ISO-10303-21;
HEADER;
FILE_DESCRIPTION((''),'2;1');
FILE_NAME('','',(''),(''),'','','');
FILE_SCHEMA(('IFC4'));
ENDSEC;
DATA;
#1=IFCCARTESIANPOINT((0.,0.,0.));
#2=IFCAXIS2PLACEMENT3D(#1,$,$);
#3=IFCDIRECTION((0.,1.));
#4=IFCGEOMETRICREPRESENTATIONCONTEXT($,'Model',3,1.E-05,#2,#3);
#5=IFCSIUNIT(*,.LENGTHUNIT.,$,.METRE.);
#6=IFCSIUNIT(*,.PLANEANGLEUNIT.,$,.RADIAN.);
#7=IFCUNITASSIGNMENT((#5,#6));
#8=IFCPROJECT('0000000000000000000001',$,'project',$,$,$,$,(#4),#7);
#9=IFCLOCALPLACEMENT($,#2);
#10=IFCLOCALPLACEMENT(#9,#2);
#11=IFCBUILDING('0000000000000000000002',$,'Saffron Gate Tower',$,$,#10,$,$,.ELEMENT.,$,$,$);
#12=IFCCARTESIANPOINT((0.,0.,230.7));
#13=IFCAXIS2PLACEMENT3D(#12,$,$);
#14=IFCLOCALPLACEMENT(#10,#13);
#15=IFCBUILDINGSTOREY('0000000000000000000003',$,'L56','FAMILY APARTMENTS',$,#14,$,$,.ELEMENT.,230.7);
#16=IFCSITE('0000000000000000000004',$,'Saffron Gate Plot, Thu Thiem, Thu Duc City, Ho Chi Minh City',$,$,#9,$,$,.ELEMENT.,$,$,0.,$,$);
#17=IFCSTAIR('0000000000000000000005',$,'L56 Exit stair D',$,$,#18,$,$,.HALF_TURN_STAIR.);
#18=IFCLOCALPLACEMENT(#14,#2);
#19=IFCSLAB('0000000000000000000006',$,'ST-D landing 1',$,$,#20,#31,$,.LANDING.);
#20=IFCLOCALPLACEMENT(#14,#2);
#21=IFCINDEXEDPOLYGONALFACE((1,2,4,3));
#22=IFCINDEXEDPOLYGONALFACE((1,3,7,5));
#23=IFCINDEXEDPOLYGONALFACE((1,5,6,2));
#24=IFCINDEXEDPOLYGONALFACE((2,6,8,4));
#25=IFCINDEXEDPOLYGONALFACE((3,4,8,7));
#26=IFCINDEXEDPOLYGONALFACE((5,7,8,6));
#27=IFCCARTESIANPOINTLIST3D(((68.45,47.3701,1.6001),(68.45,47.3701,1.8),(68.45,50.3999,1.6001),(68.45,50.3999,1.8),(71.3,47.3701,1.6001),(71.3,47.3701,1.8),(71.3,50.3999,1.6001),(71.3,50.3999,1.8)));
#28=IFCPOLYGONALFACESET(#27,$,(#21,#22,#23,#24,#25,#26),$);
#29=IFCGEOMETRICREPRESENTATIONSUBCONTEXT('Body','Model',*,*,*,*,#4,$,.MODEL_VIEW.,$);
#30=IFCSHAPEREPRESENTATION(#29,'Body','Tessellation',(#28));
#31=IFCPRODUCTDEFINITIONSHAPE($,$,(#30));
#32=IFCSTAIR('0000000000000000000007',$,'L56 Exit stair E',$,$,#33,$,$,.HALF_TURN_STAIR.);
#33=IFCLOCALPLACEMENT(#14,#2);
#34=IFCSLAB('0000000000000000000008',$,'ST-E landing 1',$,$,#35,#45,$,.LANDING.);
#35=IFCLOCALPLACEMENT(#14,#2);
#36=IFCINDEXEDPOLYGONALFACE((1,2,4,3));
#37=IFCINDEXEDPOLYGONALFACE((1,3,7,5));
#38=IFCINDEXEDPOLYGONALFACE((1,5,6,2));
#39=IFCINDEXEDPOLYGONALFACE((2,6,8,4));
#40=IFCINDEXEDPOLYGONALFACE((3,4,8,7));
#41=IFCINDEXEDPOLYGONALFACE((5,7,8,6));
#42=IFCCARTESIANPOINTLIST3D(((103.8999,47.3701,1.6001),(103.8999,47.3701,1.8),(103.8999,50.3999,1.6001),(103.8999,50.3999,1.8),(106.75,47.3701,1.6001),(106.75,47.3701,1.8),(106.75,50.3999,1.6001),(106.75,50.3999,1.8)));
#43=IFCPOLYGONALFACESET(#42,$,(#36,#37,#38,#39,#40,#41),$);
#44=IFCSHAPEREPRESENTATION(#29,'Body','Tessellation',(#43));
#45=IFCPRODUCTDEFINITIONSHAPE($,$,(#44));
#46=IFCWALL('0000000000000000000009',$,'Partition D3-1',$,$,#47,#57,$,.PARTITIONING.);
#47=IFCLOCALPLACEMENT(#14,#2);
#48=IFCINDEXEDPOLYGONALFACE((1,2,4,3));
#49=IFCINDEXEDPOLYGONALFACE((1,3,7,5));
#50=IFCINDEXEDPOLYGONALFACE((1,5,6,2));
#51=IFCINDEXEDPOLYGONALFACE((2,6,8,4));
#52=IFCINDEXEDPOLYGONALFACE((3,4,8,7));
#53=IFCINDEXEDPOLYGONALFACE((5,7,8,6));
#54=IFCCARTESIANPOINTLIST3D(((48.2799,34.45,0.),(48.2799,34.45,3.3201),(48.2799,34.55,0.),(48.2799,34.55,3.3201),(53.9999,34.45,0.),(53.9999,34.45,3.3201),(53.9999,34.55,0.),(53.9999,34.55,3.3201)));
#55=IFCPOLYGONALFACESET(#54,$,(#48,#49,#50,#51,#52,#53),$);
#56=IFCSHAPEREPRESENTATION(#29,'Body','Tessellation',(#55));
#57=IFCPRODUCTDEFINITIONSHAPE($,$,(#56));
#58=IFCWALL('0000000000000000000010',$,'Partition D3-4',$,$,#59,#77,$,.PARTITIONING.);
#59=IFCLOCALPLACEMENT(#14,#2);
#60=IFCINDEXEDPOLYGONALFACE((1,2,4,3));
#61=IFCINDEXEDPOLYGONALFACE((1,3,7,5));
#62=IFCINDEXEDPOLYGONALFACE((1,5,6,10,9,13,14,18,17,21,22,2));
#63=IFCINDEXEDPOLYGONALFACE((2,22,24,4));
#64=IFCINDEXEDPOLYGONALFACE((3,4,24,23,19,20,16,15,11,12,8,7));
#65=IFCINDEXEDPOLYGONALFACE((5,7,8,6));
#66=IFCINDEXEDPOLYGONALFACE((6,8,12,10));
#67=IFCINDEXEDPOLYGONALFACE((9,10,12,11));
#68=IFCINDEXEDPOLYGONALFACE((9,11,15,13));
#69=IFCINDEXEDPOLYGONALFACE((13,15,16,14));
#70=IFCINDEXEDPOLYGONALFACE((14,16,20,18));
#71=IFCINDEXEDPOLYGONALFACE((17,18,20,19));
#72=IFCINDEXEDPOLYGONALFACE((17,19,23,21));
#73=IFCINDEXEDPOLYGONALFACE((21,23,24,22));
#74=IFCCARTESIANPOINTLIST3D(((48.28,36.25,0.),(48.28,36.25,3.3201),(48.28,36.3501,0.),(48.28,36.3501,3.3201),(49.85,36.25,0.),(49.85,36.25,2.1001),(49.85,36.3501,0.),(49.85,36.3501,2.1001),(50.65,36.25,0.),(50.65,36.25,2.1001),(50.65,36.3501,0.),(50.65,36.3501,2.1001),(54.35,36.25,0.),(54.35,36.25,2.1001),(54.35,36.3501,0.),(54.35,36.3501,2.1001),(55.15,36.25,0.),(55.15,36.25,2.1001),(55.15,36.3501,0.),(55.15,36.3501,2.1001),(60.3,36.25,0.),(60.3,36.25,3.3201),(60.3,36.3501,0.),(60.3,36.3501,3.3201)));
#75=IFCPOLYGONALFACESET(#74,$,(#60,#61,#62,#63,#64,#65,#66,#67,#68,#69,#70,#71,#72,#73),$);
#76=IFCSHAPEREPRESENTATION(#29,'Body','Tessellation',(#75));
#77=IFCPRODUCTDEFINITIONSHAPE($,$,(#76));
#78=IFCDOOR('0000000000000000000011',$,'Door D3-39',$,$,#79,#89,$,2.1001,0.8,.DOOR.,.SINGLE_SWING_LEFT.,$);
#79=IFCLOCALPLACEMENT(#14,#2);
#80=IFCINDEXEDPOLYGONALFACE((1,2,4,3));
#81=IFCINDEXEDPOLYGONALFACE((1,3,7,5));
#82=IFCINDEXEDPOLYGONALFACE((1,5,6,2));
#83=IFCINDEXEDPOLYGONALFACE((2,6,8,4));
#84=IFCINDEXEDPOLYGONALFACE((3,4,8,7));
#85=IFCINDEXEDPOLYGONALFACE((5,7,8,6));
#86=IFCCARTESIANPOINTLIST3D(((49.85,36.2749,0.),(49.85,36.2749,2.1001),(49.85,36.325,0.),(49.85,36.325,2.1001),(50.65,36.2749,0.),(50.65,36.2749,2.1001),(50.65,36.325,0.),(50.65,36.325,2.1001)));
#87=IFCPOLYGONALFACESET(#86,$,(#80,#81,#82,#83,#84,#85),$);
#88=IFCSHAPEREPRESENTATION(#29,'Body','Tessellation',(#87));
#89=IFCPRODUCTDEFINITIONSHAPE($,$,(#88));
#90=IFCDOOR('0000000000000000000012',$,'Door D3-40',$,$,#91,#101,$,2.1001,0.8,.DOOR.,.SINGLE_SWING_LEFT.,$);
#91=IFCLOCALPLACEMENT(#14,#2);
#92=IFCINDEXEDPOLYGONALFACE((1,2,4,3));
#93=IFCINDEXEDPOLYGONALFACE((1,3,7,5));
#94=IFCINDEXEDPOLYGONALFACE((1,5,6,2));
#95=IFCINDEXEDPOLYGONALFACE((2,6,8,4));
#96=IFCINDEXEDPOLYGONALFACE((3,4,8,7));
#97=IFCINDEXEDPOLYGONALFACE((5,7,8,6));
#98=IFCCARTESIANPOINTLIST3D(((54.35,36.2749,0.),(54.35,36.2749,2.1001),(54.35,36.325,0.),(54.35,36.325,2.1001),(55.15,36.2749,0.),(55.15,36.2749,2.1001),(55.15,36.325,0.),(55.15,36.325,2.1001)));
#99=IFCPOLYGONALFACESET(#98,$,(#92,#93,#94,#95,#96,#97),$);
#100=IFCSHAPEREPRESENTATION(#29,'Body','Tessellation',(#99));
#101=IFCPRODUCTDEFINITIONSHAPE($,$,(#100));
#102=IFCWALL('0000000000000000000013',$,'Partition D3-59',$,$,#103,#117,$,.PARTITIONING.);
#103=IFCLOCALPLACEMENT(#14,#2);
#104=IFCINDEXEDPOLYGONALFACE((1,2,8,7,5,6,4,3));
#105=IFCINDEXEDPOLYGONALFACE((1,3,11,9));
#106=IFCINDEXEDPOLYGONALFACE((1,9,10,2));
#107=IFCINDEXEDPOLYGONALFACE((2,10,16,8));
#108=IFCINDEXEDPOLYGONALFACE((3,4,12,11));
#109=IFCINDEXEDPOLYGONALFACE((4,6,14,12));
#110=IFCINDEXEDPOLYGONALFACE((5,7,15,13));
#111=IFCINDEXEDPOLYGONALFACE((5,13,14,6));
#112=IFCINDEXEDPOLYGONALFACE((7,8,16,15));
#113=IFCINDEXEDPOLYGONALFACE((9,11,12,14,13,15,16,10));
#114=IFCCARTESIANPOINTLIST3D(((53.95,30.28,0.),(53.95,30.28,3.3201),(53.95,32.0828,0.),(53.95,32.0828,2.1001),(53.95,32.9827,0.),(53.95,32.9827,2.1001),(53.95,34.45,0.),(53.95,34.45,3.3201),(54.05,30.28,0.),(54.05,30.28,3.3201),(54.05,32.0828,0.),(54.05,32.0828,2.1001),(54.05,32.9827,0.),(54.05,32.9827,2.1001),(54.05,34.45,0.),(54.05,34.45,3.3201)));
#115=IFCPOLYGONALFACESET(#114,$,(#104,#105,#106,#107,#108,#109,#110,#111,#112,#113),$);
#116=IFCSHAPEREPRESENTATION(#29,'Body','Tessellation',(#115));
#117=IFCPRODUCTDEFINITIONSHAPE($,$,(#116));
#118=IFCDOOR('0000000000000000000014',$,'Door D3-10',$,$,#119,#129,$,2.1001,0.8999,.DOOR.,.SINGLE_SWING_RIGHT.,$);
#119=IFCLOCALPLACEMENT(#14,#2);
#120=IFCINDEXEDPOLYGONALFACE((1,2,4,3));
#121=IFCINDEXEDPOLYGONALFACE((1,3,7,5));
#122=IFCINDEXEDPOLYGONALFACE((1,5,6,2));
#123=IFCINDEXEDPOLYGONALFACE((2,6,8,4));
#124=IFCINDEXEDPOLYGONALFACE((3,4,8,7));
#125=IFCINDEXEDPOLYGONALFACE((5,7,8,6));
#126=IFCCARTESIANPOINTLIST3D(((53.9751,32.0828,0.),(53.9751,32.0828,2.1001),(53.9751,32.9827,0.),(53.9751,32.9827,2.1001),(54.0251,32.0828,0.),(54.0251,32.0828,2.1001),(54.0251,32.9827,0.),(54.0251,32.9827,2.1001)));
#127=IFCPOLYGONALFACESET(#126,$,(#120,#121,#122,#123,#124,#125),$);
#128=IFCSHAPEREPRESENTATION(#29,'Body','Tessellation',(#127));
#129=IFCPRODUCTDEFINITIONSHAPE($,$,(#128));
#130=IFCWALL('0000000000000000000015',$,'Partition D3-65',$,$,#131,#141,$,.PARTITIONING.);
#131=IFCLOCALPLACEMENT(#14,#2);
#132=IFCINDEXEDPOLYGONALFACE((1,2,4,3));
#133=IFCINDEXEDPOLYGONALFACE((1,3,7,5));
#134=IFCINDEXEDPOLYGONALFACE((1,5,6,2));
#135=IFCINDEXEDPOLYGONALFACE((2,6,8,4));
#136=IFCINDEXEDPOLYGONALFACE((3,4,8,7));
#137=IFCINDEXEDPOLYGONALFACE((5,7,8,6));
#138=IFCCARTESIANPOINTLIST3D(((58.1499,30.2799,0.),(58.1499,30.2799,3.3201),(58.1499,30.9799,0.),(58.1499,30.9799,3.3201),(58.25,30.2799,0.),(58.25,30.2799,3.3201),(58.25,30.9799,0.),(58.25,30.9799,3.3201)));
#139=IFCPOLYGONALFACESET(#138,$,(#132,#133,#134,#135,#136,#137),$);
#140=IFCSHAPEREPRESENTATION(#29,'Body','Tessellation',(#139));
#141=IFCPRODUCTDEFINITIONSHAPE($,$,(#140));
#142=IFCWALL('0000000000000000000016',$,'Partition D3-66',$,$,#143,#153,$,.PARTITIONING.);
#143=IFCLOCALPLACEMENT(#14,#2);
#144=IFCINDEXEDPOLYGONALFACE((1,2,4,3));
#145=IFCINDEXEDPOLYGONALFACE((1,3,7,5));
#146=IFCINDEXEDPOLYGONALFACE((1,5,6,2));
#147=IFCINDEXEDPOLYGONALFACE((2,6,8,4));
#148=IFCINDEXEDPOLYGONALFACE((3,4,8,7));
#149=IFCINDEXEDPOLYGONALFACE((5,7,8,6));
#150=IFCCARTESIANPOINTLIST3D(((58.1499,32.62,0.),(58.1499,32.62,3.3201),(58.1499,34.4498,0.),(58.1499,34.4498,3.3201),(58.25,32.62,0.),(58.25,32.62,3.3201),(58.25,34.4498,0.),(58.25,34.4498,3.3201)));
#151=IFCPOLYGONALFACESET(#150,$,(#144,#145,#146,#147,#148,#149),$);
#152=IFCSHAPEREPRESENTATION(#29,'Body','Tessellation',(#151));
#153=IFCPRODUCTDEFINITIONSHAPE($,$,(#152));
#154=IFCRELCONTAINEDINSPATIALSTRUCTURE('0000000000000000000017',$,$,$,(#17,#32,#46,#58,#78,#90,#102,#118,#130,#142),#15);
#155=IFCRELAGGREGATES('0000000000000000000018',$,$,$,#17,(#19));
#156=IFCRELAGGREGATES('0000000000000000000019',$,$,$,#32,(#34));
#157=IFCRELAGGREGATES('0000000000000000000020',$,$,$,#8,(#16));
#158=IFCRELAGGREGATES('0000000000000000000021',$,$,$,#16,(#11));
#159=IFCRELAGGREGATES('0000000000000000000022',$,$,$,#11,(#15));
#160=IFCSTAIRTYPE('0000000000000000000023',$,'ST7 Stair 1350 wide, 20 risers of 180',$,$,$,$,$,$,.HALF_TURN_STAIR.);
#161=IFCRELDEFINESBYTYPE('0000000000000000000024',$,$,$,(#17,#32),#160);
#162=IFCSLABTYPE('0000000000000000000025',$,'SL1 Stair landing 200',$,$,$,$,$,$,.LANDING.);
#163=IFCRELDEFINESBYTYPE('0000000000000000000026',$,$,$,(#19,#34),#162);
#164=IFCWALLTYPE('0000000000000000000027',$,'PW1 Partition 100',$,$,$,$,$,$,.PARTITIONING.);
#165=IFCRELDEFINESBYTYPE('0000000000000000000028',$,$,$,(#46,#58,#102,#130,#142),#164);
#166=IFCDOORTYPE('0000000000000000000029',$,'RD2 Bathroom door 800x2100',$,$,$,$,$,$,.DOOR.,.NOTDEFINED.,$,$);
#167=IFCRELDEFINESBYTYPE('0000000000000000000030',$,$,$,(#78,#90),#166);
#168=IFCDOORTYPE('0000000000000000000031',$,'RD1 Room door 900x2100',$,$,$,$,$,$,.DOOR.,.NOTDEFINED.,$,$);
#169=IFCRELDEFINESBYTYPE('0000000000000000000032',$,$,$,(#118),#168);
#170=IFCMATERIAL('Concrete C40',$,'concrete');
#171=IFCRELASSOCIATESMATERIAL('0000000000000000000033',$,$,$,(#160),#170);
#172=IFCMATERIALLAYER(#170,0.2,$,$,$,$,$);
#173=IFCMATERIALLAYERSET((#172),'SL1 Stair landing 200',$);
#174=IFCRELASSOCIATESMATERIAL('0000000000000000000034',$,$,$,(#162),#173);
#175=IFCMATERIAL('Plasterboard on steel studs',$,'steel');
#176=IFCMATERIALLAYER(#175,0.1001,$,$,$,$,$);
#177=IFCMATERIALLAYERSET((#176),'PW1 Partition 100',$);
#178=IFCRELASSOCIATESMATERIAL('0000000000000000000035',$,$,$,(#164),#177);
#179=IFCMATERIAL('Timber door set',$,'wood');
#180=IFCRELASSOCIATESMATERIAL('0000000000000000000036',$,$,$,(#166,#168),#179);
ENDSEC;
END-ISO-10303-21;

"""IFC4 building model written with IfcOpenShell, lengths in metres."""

from ifc_helpers import new_model, si_unit, direction, frame, frame_2d, origin, place, context, subcontext, project, spatial, polyline, rectangle, outline, extrude, material, layer, layer_set, type_object, element, fill, aggregate, save


model = new_model("IFC4")

# Units and contexts
model_context = context("Model", 3, precision=1e-05, world=origin(), true_north=direction((0.0, 1.0)))
body_context = subcontext(model_context, "Body", "Model", "MODEL_VIEW")
ifc_project = project(units=[si_unit("LENGTHUNIT", "METRE"), si_unit("PLANEANGLEUNIT", "RADIAN")], contexts=[model_context])

# Site, building, storey
site_placement = place(None, origin())
site = spatial("IfcSite", under=ifc_project, at=site_placement, Name="Saffron Gate Plot, Thu Thiem, Thu Duc City, Ho Chi Minh City", CompositionType="ELEMENT", RefElevation=0.0)
building_placement = place(site_placement, origin())
building = spatial("IfcBuilding", under=site, at=building_placement, Name="Saffron Gate Tower", CompositionType="ELEMENT")
storey_placement = place(building_placement, frame((0.0, 0.0, 230.7)))
storey = spatial("IfcBuildingStorey", under=building, at=storey_placement, Name="L56", Description="FAMILY APARTMENTS", CompositionType="ELEMENT", Elevation=230.7)

# Stairs, slabs
ifc_material_1 = material(Name="Concrete C40", Category="concrete")
stair_type = type_object("IfcStairType", Name="ST7 Stair 1350 wide, 20 risers of 180", PredefinedType="HALF_TURN_STAIR", material=ifc_material_1)
ifc_layer_1 = layer(ifc_material_1, 0.2)
ifc_layer_set_1 = layer_set([ifc_layer_1], Name="SL1 Stair landing 200")
slab_type = type_object("IfcSlabType", Name="SL1 Stair landing 200", PredefinedType="LANDING", material=ifc_layer_set_1)
stair_1_placement = place(storey_placement, origin())
stair_1 = element("IfcStair", 1, at=stair_1_placement, inside=storey, type_object=stair_type, Name="L56 Exit stair D", PredefinedType="HALF_TURN_STAIR")
slab_1_placement = place(storey_placement, frame((0.0, 0.0, 1.6001)))
slab_1 = element("IfcSlab", 2, at=slab_1_placement, type_object=slab_type, Name="ST-D landing 1", PredefinedType="LANDING", context=body_context, shape_type="SweptSolid", body=[
    extrude(outline(polyline([(71.3, 47.3701), (71.3, 50.3999), (68.45, 50.3999), (68.45, 47.3701), (71.3, 47.3701)])), origin(), (0.0, 0.0, 1.0), 0.2),
])
aggregate(stair_1, [slab_1])
stair_2_placement = place(storey_placement, origin())
stair_2 = element("IfcStair", 3, at=stair_2_placement, inside=storey, type_object=stair_type, Name="L56 Exit stair E", PredefinedType="HALF_TURN_STAIR")
slab_2_placement = place(storey_placement, frame((0.0, 0.0, 1.6001)))
slab_2 = element("IfcSlab", 4, at=slab_2_placement, type_object=slab_type, Name="ST-E landing 1", PredefinedType="LANDING", context=body_context, shape_type="SweptSolid", body=[
    extrude(outline(polyline([(106.75, 47.3701), (106.75, 50.3999), (103.8999, 50.3999), (103.8999, 47.3701), (106.75, 47.3701)])), origin(), (0.0, 0.0, 1.0), 0.2),
])
aggregate(stair_2, [slab_2])

# Wall
ifc_material_2 = material(Name="Plasterboard on steel studs", Category="steel")
ifc_layer_2 = layer(ifc_material_2, 0.1001)
ifc_layer_set_2 = layer_set([ifc_layer_2], Name="PW1 Partition 100")
wall_type = type_object("IfcWallType", Name="PW1 Partition 100", PredefinedType="PARTITIONING", material=ifc_layer_set_2)
wall_1_placement = place(storey_placement, frame((48.28, 34.5, 0.0), z_axis=(0.0, 0.0, 1.0), x_axis=(1.0, 0.0, 0.0)))
element("IfcWall", 5, at=wall_1_placement, inside=storey, type_object=wall_type, Name="Partition D3-1", PredefinedType="PARTITIONING", context=body_context, shape_type="SweptSolid", body=[
    extrude(rectangle(XDim=5.72, YDim=0.1001, at=frame_2d((2.8599, 0.0))), origin(), (0.0, 0.0, 1.0), 3.3201),
])

# Wall, openings, doors
wall_2_placement = place(storey_placement, frame((48.28, 36.3, 0.0), z_axis=(0.0, 0.0, 1.0), x_axis=(1.0, 0.0, 0.0)))
wall_2 = element("IfcWall", 6, at=wall_2_placement, inside=storey, type_object=wall_type, Name="Partition D3-4", PredefinedType="PARTITIONING", context=body_context, shape_type="SweptSolid", body=[
    extrude(rectangle(XDim=12.02, YDim=0.1001, at=frame_2d((6.01, 0.0))), origin(), (0.0, 0.0, 1.0), 3.3201),
])
opening_1_placement = place(wall_2_placement, frame((1.5701, 0.0, 0.0)))
opening_1 = element("IfcOpeningElement", 7, at=opening_1_placement, cuts=wall_2, PredefinedType="OPENING", context=body_context, shape_type="SweptSolid", body=[
    extrude(rectangle(XDim=0.8, YDim=2.1001, at=frame_2d((0.3999, 1.05))), frame((0.0, 0.0601, 0.0), z_axis=(0.0, -1.0, 0.0), x_axis=(1.0, 0.0, 0.0)), (0.0, 0.0, 1.0), 0.1201),
])
opening_2_placement = place(wall_2_placement, frame((6.0701, 0.0, 0.0)))
opening_2 = element("IfcOpeningElement", 8, at=opening_2_placement, cuts=wall_2, PredefinedType="OPENING", context=body_context, shape_type="SweptSolid", body=[
    extrude(rectangle(XDim=0.8, YDim=2.1001, at=frame_2d((0.3999, 1.05))), frame((0.0, 0.0601, 0.0), z_axis=(0.0, -1.0, 0.0), x_axis=(1.0, 0.0, 0.0)), (0.0, 0.0, 1.0), 0.1201),
])
ifc_material_3 = material(Name="Timber door set", Category="wood")
door_type_1 = type_object("IfcDoorType", Name="RD2 Bathroom door 800x2100", OperationType="NOTDEFINED", PredefinedType="DOOR", material=ifc_material_3)
door_1_placement = place(opening_1_placement, origin())
door_1 = element("IfcDoor", 9, at=door_1_placement, inside=storey, type_object=door_type_1, Name="Door D3-39", OperationType="SINGLE_SWING_LEFT", OverallHeight=2.1001, OverallWidth=0.8, PredefinedType="DOOR", context=body_context, shape_type="SweptSolid", body=[
    extrude(rectangle(XDim=0.8, YDim=2.1001, at=frame_2d((0.3999, 1.05))), frame((0.0, 0.0249, 0.0), z_axis=(0.0, -1.0, 0.0), x_axis=(1.0, 0.0, 0.0)), (0.0, 0.0, 1.0), 0.05),
])
fill(opening_1, door_1)
door_2_placement = place(opening_2_placement, origin())
door_2 = element("IfcDoor", 10, at=door_2_placement, inside=storey, type_object=door_type_1, Name="Door D3-40", OperationType="SINGLE_SWING_LEFT", OverallHeight=2.1001, OverallWidth=0.8, PredefinedType="DOOR", context=body_context, shape_type="SweptSolid", body=[
    extrude(rectangle(XDim=0.8, YDim=2.1001, at=frame_2d((0.3999, 1.05))), frame((0.0, 0.0249, 0.0), z_axis=(0.0, -1.0, 0.0), x_axis=(1.0, 0.0, 0.0)), (0.0, 0.0, 1.0), 0.05),
])
fill(opening_2, door_2)

# Wall, opening, door
wall_3_placement = place(storey_placement, frame((54.0, 30.28, 0.0), z_axis=(0.0, 0.0, 1.0), x_axis=(0.0, 1.0, 0.0)))
wall_3 = element("IfcWall", 11, at=wall_3_placement, inside=storey, type_object=wall_type, Name="Partition D3-59", PredefinedType="PARTITIONING", context=body_context, shape_type="SweptSolid", body=[
    extrude(rectangle(XDim=4.1699, YDim=0.1001, at=frame_2d((2.085, 0.0))), origin(), (0.0, 0.0, 1.0), 3.3201),
])
opening_3_placement = place(wall_3_placement, frame((1.8027, 0.0, 0.0)))
opening_3 = element("IfcOpeningElement", 12, at=opening_3_placement, cuts=wall_3, PredefinedType="OPENING", context=body_context, shape_type="SweptSolid", body=[
    extrude(rectangle(XDim=0.8999, YDim=2.1001, at=frame_2d((0.45, 1.05))), frame((0.0, 0.0601, 0.0), z_axis=(0.0, -1.0, 0.0), x_axis=(1.0, 0.0, 0.0)), (0.0, 0.0, 1.0), 0.1201),
])
door_type_2 = type_object("IfcDoorType", Name="RD1 Room door 900x2100", OperationType="NOTDEFINED", PredefinedType="DOOR", material=ifc_material_3)
door_3_placement = place(opening_3_placement, origin())
door_3 = element("IfcDoor", 13, at=door_3_placement, inside=storey, type_object=door_type_2, Name="Door D3-10", OperationType="SINGLE_SWING_RIGHT", OverallHeight=2.1001, OverallWidth=0.8999, PredefinedType="DOOR", context=body_context, shape_type="SweptSolid", body=[
    extrude(rectangle(XDim=0.8999, YDim=2.1001, at=frame_2d((0.45, 1.05))), frame((0.0, 0.0249, 0.0), z_axis=(0.0, -1.0, 0.0), x_axis=(1.0, 0.0, 0.0)), (0.0, 0.0, 1.0), 0.05),
])
fill(opening_3, door_3)

# Walls
wall_4_placement = place(storey_placement, frame((58.2, 30.98, 0.0), z_axis=(0.0, 0.0, 1.0), x_axis=(0.0, -1.0, 0.0)))
element("IfcWall", 14, at=wall_4_placement, inside=storey, type_object=wall_type, Name="Partition D3-65", PredefinedType="PARTITIONING", context=body_context, shape_type="SweptSolid", body=[
    extrude(rectangle(XDim=0.7, YDim=0.1001, at=frame_2d((0.3501, 0.0))), origin(), (0.0, 0.0, 1.0), 3.3201),
])
wall_5_placement = place(storey_placement, frame((58.2, 34.45, 0.0), z_axis=(0.0, 0.0, 1.0), x_axis=(0.0, -1.0, 0.0)))
element("IfcWall", 15, at=wall_5_placement, inside=storey, type_object=wall_type, Name="Partition D3-66", PredefinedType="PARTITIONING", context=body_context, shape_type="SweptSolid", body=[
    extrude(rectangle(XDim=1.8298, YDim=0.1001, at=frame_2d((0.915, 0.0))), origin(), (0.0, 0.0, 1.0), 3.3201),
])

save(model, "model.ifc")
